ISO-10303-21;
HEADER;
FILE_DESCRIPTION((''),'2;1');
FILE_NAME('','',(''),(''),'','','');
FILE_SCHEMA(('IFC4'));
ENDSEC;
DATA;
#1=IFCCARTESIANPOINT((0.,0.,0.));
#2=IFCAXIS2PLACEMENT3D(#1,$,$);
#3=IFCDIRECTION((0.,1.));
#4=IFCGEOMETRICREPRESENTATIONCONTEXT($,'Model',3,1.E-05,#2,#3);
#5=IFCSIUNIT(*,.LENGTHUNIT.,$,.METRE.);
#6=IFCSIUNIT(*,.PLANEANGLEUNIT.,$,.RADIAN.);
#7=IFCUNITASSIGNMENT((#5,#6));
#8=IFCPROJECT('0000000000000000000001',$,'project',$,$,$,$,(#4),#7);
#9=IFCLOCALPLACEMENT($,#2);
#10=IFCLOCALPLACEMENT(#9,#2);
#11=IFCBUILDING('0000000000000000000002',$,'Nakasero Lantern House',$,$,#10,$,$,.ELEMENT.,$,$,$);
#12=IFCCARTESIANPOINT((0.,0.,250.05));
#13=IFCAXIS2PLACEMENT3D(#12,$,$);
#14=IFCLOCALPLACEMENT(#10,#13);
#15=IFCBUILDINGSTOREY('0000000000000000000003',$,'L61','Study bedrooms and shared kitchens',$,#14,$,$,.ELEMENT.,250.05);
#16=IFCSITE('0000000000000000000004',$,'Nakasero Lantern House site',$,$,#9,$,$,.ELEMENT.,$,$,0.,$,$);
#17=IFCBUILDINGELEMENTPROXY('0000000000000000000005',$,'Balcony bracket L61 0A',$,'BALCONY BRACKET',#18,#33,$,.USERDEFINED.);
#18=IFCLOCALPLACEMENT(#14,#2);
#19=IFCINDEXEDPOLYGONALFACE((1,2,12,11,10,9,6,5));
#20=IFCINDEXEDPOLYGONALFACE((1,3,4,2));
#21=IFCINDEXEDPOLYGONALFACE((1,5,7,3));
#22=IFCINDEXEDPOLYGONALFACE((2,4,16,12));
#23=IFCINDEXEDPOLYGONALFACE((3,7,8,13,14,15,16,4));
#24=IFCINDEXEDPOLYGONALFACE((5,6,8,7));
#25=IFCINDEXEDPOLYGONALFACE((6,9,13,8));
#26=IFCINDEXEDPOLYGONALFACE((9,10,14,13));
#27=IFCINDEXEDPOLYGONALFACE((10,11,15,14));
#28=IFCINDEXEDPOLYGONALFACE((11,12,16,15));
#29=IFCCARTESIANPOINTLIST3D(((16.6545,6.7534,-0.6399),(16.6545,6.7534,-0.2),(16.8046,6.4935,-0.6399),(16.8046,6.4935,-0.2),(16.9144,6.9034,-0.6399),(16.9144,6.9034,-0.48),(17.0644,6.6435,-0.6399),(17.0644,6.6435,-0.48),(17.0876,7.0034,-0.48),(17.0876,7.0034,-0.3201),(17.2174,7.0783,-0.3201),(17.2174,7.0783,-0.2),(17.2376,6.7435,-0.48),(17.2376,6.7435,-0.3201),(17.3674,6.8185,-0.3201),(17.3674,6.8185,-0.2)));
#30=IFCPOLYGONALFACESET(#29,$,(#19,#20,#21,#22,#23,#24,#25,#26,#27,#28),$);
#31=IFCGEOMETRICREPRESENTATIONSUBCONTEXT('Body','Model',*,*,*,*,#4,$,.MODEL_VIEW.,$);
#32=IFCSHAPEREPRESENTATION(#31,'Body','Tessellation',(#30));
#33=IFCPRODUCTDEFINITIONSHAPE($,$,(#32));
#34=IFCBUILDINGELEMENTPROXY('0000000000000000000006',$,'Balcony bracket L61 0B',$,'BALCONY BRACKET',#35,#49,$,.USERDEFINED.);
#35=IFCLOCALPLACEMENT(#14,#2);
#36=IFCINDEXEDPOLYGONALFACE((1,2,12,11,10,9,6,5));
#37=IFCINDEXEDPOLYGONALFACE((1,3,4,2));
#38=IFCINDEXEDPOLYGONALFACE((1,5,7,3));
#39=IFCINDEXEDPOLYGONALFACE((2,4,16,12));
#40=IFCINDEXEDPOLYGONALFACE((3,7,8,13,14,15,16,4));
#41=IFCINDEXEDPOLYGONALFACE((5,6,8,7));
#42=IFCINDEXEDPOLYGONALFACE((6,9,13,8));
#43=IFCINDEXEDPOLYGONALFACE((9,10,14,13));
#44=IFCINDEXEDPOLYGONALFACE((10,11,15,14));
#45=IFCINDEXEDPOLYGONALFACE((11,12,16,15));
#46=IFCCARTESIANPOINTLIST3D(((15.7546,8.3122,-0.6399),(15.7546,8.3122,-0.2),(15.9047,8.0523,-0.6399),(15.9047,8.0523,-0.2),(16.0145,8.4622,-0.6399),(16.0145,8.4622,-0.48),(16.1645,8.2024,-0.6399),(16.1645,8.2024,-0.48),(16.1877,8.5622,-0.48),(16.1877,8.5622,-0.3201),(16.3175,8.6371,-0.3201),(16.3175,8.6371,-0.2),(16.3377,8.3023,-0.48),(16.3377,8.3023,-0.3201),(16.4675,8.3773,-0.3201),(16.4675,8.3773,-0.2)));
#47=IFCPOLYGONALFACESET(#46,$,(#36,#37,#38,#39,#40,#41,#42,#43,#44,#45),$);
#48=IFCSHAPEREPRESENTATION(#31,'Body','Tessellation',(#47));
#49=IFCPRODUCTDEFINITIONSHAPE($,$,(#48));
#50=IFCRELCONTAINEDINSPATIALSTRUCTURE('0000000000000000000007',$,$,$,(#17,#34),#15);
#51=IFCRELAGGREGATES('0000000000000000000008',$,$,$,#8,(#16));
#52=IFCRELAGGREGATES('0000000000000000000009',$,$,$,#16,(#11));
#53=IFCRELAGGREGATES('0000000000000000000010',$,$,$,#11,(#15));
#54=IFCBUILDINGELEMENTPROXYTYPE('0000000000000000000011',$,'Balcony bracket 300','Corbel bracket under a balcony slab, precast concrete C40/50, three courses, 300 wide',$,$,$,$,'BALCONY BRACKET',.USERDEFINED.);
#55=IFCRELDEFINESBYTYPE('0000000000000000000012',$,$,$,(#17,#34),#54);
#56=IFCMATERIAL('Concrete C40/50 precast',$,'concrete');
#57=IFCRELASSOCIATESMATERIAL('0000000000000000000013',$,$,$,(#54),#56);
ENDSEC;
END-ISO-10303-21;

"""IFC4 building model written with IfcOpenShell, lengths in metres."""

from ifc_helpers import new_model, si_unit, direction, frame, origin, place, context, subcontext, project, spatial, polyline, outline, extrude, material, type_object, element, save


model = new_model("IFC4")

# Units and contexts
model_context = context("Model", 3, precision=1e-05, world=origin(), true_north=direction((0.0, 1.0)))
body_context = subcontext(model_context, "Body", "Model", "MODEL_VIEW")
ifc_project = project(units=[si_unit("LENGTHUNIT", "METRE"), si_unit("PLANEANGLEUNIT", "RADIAN")], contexts=[model_context])

# Site, building, storey
site_placement = place(None, origin())
site = spatial("IfcSite", under=ifc_project, at=site_placement, Name="Nakasero Lantern House site", CompositionType="ELEMENT", RefElevation=0.0)
building_placement = place(site_placement, origin())
building = spatial("IfcBuilding", under=site, at=building_placement, Name="Nakasero Lantern House", CompositionType="ELEMENT")
storey_placement = place(building_placement, frame((0.0, 0.0, 250.05)))
storey = spatial("IfcBuildingStorey", under=building, at=storey_placement, Name="L61", Description="Study bedrooms and shared kitchens", CompositionType="ELEMENT", Elevation=250.05)

# Building element proxies
ifc_material_1 = material(Name="Concrete C40/50 precast", Category="concrete")
building_element_proxy_type = type_object("IfcBuildingElementProxyType", Name="Balcony bracket 300", Description="Corbel bracket under a balcony slab, precast concrete C40/50, three courses, 300 wide", ElementType="BALCONY BRACKET", PredefinedType="USERDEFINED", material=ifc_material_1)
for number, where, z_axis, x_axis, name in (
    (1, (16.7295, 6.6235, -0.2), (0.0, 0.0, 1.0), (0.866025, 0.5, 0.0), "Balcony bracket L61 0A"),
    (2, (15.8296, 8.1824, -0.2), (0.0, 0.0, 1.0), (0.866025, 0.5, 0.0), "Balcony bracket L61 0B"),
):
    element("IfcBuildingElementProxy", number, at=place(storey_placement, frame(where, z_axis=z_axis, x_axis=x_axis)), inside=storey, type_object=building_element_proxy_type, Name=name, ObjectType="BALCONY BRACKET", PredefinedType="USERDEFINED", context=body_context, shape_type="SweptSolid", body=[
        extrude(outline(polyline([(0.0, 0.0), (0.6499, 0.0), (0.6499, -0.1201), (0.5, -0.1201), (0.5, -0.28), (0.3, -0.28), (0.3, -0.4399), (0.0, -0.4399), (0.0, 0.0)])), frame((0.0, 0.1499, 0.0), z_axis=(0.0, -1.0, 0.0), x_axis=(1.0, 0.0, 0.0)), (0.0, 0.0, 1.0), 0.3),
    ])

save(model, "model.ifc")
